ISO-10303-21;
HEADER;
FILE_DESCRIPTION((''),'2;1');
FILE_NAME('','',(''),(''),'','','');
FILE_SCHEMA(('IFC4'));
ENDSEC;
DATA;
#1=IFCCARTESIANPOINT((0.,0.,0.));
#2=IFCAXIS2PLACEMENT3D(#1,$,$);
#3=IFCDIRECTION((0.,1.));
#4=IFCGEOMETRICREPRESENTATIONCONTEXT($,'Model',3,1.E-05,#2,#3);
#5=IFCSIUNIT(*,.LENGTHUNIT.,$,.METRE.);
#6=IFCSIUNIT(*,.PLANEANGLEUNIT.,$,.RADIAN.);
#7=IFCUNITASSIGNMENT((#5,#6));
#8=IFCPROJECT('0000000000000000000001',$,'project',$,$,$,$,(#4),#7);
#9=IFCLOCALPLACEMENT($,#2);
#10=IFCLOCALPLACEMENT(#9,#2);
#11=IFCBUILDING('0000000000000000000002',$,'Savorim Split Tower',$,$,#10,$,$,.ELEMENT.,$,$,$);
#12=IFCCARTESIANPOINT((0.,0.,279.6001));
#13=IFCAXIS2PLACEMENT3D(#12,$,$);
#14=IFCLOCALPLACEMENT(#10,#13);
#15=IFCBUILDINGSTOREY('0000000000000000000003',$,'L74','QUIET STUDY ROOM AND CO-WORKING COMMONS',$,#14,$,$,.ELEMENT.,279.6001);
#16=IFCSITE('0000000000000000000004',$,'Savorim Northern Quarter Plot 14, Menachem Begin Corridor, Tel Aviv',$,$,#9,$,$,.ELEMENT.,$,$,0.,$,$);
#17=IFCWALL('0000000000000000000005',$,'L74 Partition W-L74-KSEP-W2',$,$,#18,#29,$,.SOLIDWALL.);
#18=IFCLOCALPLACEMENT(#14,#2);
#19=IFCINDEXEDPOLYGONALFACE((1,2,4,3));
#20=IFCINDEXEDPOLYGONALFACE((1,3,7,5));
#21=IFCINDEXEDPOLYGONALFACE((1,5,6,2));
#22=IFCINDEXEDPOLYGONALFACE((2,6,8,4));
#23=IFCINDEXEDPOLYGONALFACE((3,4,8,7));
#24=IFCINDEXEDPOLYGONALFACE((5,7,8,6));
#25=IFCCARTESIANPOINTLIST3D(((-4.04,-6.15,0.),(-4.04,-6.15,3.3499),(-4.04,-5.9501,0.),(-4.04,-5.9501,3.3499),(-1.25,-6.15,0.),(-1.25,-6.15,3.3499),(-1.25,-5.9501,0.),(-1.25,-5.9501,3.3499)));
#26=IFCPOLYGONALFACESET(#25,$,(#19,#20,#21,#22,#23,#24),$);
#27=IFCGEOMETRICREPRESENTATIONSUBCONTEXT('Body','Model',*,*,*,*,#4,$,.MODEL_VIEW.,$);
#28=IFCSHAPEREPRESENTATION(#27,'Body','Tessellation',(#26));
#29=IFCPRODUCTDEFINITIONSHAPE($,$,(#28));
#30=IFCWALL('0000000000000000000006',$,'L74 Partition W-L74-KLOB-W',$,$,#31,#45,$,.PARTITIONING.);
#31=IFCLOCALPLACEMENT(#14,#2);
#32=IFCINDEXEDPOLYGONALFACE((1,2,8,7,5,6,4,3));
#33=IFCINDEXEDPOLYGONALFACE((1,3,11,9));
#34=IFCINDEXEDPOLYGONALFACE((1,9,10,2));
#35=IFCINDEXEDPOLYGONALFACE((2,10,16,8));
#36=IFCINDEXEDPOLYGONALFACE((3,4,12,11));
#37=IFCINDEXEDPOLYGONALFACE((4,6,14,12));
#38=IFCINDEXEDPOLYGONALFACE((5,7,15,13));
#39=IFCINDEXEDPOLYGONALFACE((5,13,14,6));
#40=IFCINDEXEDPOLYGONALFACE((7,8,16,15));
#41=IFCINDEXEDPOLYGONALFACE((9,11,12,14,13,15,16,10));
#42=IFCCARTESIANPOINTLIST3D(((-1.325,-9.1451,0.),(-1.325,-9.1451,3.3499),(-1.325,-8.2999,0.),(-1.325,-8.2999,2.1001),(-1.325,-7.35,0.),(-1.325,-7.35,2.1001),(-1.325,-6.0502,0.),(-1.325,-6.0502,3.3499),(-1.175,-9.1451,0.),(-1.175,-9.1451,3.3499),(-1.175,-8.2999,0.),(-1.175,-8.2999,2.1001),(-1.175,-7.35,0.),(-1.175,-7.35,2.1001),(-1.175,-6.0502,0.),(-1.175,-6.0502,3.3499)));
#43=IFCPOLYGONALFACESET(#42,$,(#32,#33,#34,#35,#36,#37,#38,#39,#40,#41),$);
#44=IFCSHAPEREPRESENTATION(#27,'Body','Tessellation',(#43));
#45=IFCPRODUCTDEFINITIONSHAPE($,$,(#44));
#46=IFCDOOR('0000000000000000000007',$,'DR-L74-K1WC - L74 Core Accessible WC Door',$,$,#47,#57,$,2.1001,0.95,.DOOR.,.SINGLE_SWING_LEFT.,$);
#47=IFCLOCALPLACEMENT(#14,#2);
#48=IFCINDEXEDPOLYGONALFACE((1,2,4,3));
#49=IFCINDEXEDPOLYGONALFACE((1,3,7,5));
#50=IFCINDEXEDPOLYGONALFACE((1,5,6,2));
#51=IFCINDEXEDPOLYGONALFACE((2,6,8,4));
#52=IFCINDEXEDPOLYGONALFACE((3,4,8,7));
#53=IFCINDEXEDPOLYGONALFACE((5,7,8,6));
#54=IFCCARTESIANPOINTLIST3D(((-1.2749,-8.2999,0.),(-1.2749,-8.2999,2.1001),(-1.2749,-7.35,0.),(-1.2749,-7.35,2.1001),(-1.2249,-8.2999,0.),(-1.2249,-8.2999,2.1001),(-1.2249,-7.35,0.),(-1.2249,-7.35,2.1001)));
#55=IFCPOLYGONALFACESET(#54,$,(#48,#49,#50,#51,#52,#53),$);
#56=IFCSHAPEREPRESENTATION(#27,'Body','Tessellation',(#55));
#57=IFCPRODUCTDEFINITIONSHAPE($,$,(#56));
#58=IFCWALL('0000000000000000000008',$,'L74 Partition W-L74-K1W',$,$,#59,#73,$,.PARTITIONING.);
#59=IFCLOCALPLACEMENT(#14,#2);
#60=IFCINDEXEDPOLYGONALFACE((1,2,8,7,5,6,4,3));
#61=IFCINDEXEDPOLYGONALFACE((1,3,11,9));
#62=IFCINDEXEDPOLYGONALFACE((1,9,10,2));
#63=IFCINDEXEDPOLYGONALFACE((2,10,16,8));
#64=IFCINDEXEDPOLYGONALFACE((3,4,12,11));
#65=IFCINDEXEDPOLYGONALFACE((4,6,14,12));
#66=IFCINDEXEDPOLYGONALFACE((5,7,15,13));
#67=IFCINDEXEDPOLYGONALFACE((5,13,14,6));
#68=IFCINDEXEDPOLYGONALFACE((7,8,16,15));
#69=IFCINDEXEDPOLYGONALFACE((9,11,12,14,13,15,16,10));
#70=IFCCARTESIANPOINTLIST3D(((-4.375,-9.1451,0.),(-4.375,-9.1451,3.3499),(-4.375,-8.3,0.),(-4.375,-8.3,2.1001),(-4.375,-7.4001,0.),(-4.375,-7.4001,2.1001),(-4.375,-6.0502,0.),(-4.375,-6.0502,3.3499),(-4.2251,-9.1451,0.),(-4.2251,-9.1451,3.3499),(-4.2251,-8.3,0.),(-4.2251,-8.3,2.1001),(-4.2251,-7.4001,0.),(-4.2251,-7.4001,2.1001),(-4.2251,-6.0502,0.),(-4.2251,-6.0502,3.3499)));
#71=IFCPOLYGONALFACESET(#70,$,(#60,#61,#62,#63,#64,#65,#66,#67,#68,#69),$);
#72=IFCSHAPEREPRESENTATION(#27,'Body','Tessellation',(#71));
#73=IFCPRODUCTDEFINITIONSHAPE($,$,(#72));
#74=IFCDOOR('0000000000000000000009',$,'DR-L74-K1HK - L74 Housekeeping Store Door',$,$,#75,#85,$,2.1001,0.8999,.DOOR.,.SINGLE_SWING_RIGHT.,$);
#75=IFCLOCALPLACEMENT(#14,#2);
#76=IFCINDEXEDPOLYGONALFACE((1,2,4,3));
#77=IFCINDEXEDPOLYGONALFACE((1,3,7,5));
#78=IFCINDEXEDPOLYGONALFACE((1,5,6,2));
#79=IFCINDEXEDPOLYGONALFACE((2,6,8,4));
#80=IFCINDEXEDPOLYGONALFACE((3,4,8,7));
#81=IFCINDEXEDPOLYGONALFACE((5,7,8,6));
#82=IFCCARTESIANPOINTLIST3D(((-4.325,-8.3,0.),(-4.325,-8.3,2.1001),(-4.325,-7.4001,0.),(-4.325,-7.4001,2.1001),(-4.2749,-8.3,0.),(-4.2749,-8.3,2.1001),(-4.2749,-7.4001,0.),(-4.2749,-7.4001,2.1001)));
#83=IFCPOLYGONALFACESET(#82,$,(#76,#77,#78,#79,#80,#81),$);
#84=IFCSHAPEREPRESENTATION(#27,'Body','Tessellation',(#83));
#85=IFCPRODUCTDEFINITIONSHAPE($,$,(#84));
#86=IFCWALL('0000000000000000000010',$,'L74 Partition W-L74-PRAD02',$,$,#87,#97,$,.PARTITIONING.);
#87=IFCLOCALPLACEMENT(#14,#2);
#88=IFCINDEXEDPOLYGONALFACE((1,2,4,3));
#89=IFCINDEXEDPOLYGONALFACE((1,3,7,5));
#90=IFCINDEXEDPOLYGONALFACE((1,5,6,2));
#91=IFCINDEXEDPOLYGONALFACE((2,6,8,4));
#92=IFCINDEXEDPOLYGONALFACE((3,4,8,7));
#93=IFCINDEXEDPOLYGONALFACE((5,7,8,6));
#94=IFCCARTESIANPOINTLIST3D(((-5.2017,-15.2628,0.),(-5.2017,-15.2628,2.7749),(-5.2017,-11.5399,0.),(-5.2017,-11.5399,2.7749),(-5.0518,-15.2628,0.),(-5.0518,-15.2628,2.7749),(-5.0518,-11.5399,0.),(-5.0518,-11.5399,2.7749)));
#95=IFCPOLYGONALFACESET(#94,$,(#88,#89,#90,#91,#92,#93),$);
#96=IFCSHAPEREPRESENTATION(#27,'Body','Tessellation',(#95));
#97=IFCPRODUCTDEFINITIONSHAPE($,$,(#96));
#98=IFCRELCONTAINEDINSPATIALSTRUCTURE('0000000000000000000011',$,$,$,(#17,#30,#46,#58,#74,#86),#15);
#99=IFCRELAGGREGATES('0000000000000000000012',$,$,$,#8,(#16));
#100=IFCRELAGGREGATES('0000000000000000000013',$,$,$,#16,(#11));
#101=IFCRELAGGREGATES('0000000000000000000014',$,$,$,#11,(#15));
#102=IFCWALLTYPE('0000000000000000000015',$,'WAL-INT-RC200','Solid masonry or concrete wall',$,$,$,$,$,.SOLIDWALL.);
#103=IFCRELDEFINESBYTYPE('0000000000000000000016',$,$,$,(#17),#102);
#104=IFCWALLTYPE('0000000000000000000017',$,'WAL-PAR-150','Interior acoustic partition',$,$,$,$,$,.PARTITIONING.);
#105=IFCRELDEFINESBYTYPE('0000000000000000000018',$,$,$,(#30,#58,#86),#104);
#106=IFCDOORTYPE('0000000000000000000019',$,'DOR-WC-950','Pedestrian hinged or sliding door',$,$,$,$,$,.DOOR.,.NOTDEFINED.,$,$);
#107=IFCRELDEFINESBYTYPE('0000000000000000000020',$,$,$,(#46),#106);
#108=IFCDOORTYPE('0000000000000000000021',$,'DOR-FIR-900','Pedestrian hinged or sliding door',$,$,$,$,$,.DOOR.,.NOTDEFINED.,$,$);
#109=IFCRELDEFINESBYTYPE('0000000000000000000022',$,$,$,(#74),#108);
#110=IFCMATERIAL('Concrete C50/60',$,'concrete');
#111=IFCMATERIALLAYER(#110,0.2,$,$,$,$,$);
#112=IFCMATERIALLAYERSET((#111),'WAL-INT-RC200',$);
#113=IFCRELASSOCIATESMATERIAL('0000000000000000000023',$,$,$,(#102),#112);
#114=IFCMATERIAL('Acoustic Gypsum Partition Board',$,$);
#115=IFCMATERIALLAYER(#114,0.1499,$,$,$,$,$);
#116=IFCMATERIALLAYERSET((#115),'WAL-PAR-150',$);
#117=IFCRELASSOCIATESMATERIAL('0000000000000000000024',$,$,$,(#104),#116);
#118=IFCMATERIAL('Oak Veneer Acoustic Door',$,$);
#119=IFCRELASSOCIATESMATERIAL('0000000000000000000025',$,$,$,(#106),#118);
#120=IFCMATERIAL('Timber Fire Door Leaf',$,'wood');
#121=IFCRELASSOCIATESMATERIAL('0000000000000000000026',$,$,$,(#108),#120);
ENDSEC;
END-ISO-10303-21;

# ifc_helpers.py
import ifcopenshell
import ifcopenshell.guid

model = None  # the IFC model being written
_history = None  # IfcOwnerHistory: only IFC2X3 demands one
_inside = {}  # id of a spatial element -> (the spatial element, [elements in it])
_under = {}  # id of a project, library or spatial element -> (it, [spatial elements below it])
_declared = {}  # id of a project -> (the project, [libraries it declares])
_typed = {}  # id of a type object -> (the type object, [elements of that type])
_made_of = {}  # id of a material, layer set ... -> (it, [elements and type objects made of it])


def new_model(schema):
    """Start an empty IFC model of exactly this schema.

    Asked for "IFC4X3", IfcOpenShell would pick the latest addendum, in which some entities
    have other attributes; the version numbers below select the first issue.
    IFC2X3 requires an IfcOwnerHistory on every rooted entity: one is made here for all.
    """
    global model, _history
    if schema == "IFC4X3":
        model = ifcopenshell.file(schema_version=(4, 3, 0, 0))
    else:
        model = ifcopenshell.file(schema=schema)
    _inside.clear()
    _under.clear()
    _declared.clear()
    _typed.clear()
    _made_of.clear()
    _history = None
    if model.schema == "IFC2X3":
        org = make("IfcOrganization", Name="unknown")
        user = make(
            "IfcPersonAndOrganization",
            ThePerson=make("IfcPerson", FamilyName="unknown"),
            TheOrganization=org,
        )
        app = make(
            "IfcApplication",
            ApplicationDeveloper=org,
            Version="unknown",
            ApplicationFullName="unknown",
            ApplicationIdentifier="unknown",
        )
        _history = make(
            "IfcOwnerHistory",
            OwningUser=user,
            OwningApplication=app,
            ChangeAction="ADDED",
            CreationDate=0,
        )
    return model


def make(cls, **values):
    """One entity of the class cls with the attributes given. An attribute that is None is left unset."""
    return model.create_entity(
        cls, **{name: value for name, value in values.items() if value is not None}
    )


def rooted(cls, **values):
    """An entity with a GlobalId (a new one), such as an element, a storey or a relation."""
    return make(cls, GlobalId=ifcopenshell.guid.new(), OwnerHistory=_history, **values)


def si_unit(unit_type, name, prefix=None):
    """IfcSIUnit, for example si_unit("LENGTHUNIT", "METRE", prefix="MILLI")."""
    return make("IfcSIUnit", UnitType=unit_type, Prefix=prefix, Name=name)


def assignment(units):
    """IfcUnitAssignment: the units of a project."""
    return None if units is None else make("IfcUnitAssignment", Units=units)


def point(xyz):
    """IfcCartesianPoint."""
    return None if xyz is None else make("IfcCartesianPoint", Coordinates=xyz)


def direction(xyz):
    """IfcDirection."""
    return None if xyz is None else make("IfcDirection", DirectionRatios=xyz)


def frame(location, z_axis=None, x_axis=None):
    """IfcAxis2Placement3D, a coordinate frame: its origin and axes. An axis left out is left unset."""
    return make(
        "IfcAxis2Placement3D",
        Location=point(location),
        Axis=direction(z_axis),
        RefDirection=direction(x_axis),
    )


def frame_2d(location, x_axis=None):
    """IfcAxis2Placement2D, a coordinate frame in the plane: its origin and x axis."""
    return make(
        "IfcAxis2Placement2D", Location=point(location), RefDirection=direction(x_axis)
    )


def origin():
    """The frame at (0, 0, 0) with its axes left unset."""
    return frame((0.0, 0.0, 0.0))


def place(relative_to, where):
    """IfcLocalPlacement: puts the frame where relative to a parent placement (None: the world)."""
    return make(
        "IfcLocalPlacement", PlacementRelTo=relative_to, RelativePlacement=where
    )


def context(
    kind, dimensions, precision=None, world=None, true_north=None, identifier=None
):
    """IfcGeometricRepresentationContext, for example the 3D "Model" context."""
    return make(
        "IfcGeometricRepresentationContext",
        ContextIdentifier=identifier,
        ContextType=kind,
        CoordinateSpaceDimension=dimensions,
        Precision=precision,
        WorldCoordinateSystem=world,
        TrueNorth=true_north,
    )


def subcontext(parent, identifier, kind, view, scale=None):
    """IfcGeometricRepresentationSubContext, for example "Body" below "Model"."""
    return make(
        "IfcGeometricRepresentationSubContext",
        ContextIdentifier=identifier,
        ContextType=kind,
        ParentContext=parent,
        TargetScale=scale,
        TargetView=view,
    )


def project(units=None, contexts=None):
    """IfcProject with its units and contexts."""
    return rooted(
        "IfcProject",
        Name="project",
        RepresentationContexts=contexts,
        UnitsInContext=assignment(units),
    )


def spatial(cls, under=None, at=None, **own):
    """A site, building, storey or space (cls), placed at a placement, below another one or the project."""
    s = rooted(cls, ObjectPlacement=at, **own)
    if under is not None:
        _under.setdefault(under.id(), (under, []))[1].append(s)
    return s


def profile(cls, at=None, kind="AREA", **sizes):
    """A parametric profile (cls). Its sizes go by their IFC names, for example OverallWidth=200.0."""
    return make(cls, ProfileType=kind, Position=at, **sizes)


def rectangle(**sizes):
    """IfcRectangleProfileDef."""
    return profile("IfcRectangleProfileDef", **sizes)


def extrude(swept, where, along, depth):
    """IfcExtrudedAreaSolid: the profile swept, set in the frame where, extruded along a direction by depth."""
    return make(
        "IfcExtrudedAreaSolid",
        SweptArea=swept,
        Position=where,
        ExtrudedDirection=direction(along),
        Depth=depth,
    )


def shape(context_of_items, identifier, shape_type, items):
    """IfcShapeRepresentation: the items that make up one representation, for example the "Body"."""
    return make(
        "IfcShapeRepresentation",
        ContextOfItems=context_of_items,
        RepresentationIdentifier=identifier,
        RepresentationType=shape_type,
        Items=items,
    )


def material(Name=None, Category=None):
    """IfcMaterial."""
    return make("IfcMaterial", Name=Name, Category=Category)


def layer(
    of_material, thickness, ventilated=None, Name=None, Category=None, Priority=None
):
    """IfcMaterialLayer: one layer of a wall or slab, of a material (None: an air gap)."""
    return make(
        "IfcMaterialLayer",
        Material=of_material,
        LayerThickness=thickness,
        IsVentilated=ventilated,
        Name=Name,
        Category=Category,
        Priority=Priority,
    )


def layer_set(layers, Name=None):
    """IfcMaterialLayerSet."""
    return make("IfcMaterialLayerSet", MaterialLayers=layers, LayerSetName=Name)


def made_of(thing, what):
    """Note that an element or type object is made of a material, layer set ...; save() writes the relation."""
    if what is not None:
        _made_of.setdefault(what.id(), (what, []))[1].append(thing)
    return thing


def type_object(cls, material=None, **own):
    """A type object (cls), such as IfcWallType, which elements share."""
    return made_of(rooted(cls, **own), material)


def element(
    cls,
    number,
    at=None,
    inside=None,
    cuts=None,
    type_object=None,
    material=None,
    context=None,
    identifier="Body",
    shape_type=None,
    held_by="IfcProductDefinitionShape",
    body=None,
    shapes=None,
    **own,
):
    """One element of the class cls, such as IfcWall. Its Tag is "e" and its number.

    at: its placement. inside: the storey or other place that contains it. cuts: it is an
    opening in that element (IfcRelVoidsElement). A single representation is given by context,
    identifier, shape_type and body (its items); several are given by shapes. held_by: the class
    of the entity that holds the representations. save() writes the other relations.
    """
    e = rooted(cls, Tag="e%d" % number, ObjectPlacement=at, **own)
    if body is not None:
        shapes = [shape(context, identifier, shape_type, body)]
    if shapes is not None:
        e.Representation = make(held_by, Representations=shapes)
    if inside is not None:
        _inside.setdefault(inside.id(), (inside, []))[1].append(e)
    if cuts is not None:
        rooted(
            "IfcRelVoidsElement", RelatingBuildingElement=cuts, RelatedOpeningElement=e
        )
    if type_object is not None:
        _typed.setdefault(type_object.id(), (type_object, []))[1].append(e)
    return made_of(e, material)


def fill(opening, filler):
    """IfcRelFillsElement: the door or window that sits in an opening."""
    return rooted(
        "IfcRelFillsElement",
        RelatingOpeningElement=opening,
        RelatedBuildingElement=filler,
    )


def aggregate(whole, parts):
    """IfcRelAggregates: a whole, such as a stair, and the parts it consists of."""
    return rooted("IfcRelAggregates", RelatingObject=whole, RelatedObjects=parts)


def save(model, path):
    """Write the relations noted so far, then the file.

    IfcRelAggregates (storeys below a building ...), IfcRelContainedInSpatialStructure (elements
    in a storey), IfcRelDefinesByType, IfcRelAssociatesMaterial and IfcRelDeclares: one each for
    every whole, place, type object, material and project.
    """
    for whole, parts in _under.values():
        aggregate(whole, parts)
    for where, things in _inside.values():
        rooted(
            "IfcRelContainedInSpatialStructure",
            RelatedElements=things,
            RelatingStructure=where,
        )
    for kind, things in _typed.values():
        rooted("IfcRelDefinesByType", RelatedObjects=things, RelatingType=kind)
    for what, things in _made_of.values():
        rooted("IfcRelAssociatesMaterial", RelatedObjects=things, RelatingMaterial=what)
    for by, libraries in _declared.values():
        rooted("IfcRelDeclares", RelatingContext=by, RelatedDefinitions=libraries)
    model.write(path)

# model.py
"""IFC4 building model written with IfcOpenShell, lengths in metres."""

from ifc_helpers import new_model, si_unit, direction, frame, frame_2d, origin, place, context, subcontext, project, spatial, rectangle, extrude, material, layer, layer_set, type_object, element, fill, save


model = new_model("IFC4")

# Units and contexts
model_context = context("Model", 3, precision=1e-05, world=origin(), true_north=direction((0.0, 1.0)))
body_context = subcontext(model_context, "Body", "Model", "MODEL_VIEW")
ifc_project = project(units=[si_unit("LENGTHUNIT", "METRE"), si_unit("PLANEANGLEUNIT", "RADIAN")], contexts=[model_context])

# Site, building, storey
site_placement = place(None, origin())
site = spatial("IfcSite", under=ifc_project, at=site_placement, Name="Savorim Northern Quarter Plot 14, Menachem Begin Corridor, Tel Aviv", CompositionType="ELEMENT", RefElevation=0.0)
building_placement = place(site_placement, origin())
building = spatial("IfcBuilding", under=site, at=building_placement, Name="Savorim Split Tower", CompositionType="ELEMENT")
storey_placement = place(building_placement, frame((0.0, 0.0, 279.6001)))
storey = spatial("IfcBuildingStorey", under=building, at=storey_placement, Name="L74", Description="QUIET STUDY ROOM AND CO-WORKING COMMONS", CompositionType="ELEMENT", Elevation=279.6001)

# Shared definitions
ifc_material_1 = material(Name="Timber Fire Door Leaf", Category="wood")

# Shared definitions
ifc_material_2 = material(Name="Concrete C50/60", Category="concrete")
ifc_layer_1 = layer(ifc_material_2, 0.2)
ifc_layer_set_1 = layer_set([ifc_layer_1], Name="WAL-INT-RC200")
wall_type_1 = type_object("IfcWallType", Name="WAL-INT-RC200", Description="Solid masonry or concrete wall", PredefinedType="SOLIDWALL", material=ifc_layer_set_1)

# Wall
wall_1_placement = place(storey_placement, frame((-4.04, -6.05, 0.0), z_axis=(0.0, 0.0, 1.0), x_axis=(1.0, 0.0, 0.0)))
element("IfcWall", 1, at=wall_1_placement, inside=storey, type_object=wall_type_1, Name="L74 Partition W-L74-KSEP-W2", PredefinedType="SOLIDWALL", context=body_context, shape_type="SweptSolid", body=[
    extrude(rectangle(XDim=2.79, YDim=0.2, at=frame_2d((1.395, 0.0))), origin(), (0.0, 0.0, 1.0), 3.3499),
])

# Walls, openings, doors
ifc_material_3 = material(Name="Acoustic Gypsum Partition Board")
ifc_layer_2 = layer(ifc_material_3, 0.1499)
ifc_layer_set_2 = layer_set([ifc_layer_2], Name="WAL-PAR-150")
wall_type_2 = type_object("IfcWallType", Name="WAL-PAR-150", Description="Interior acoustic partition", PredefinedType="PARTITIONING", material=ifc_layer_set_2)
wall_2_placement = place(storey_placement, frame((-1.25, -9.145, 0.0), z_axis=(0.0, 0.0, 1.0), x_axis=(0.0, 1.0, 0.0)))
wall_2 = element("IfcWall", 2, at=wall_2_placement, inside=storey, type_object=wall_type_2, Name="L74 Partition W-L74-KLOB-W", PredefinedType="PARTITIONING", context=body_context, shape_type="SweptSolid", body=[
    extrude(rectangle(XDim=3.095, YDim=0.1499, at=frame_2d((1.5474, 0.0))), origin(), (0.0, 0.0, 1.0), 3.3499),
])
opening_1_placement = place(wall_2_placement, frame((0.845, 0.0, 0.0)))
opening_1 = element("IfcOpeningElement", 3, at=opening_1_placement, cuts=wall_2, PredefinedType="OPENING", context=body_context, shape_type="SweptSolid", body=[
    extrude(rectangle(XDim=0.95, YDim=2.1001, at=frame_2d((0.4751, 1.05))), frame((0.0, 0.085, 0.0), z_axis=(0.0, -1.0, 0.0), x_axis=(1.0, 0.0, 0.0)), (0.0, 0.0, 1.0), 0.1699),
])
ifc_material_4 = material(Name="Oak Veneer Acoustic Door")
door_type_1 = type_object("IfcDoorType", Name="DOR-WC-950", Description="Pedestrian hinged or sliding door", OperationType="NOTDEFINED", PredefinedType="DOOR", material=ifc_material_4)
door_1_placement = place(opening_1_placement, origin())
door_1 = element("IfcDoor", 4, at=door_1_placement, inside=storey, type_object=door_type_1, Name="DR-L74-K1WC - L74 Core Accessible WC Door", OperationType="SINGLE_SWING_LEFT", OverallHeight=2.1001, OverallWidth=0.95, PredefinedType="DOOR", context=body_context, shape_type="SweptSolid", body=[
    extrude(rectangle(XDim=0.95, YDim=2.1001, at=frame_2d((0.4751, 1.05))), frame((0.0, 0.0249, 0.0), z_axis=(0.0, -1.0, 0.0), x_axis=(1.0, 0.0, 0.0)), (0.0, 0.0, 1.0), 0.05),
])
fill(opening_1, door_1)
wall_3_placement = place(storey_placement, frame((-4.3, -9.145, 0.0), z_axis=(0.0, 0.0, 1.0), x_axis=(0.0, 1.0, 0.0)))
wall_3 = element("IfcWall", 5, at=wall_3_placement, inside=storey, type_object=wall_type_2, Name="L74 Partition W-L74-K1W", PredefinedType="PARTITIONING", context=body_context, shape_type="SweptSolid", body=[
    extrude(rectangle(XDim=3.095, YDim=0.1499, at=frame_2d((1.5474, 0.0))), origin(), (0.0, 0.0, 1.0), 3.3499),
])
opening_2_placement = place(wall_3_placement, frame((0.845, 0.0, 0.0)))
opening_2 = element("IfcOpeningElement", 6, at=opening_2_placement, cuts=wall_3, PredefinedType="OPENING", context=body_context, shape_type="SweptSolid", body=[
    extrude(rectangle(XDim=0.8999, YDim=2.1001, at=frame_2d((0.45, 1.05))), frame((0.0, 0.085, 0.0), z_axis=(0.0, -1.0, 0.0), x_axis=(1.0, 0.0, 0.0)), (0.0, 0.0, 1.0), 0.1699),
])
door_type_2 = type_object("IfcDoorType", Name="DOR-FIR-900", Description="Pedestrian hinged or sliding door", OperationType="NOTDEFINED", PredefinedType="DOOR", material=ifc_material_1)
door_2_placement = place(opening_2_placement, origin())
door_2 = element("IfcDoor", 7, at=door_2_placement, inside=storey, type_object=door_type_2, Name="DR-L74-K1HK - L74 Housekeeping Store Door", OperationType="SINGLE_SWING_RIGHT", OverallHeight=2.1001, OverallWidth=0.8999, PredefinedType="DOOR", context=body_context, shape_type="SweptSolid", body=[
    extrude(rectangle(XDim=0.8999, YDim=2.1001, at=frame_2d((0.45, 1.05))), frame((0.0, 0.0249, 0.0), z_axis=(0.0, -1.0, 0.0), x_axis=(1.0, 0.0, 0.0)), (0.0, 0.0, 1.0), 0.05),
])
fill(opening_2, door_2)

# Wall
wall_4_placement = place(storey_placement, frame((-5.1267, -11.54, 0.0), z_axis=(0.0, 0.0, 1.0), x_axis=(0.0, -1.0, 0.0)))
element("IfcWall", 8, at=wall_4_placement, inside=storey, type_object=wall_type_2, Name="L74 Partition W-L74-PRAD02", PredefinedType="PARTITIONING", context=body_context, shape_type="SweptSolid", body=[
    extrude(rectangle(XDim=3.7229, YDim=0.1499, at=frame_2d((1.8613, 0.0))), origin(), (0.0, 0.0, 1.0), 2.7749),
])

save(model, "model.ifc")
